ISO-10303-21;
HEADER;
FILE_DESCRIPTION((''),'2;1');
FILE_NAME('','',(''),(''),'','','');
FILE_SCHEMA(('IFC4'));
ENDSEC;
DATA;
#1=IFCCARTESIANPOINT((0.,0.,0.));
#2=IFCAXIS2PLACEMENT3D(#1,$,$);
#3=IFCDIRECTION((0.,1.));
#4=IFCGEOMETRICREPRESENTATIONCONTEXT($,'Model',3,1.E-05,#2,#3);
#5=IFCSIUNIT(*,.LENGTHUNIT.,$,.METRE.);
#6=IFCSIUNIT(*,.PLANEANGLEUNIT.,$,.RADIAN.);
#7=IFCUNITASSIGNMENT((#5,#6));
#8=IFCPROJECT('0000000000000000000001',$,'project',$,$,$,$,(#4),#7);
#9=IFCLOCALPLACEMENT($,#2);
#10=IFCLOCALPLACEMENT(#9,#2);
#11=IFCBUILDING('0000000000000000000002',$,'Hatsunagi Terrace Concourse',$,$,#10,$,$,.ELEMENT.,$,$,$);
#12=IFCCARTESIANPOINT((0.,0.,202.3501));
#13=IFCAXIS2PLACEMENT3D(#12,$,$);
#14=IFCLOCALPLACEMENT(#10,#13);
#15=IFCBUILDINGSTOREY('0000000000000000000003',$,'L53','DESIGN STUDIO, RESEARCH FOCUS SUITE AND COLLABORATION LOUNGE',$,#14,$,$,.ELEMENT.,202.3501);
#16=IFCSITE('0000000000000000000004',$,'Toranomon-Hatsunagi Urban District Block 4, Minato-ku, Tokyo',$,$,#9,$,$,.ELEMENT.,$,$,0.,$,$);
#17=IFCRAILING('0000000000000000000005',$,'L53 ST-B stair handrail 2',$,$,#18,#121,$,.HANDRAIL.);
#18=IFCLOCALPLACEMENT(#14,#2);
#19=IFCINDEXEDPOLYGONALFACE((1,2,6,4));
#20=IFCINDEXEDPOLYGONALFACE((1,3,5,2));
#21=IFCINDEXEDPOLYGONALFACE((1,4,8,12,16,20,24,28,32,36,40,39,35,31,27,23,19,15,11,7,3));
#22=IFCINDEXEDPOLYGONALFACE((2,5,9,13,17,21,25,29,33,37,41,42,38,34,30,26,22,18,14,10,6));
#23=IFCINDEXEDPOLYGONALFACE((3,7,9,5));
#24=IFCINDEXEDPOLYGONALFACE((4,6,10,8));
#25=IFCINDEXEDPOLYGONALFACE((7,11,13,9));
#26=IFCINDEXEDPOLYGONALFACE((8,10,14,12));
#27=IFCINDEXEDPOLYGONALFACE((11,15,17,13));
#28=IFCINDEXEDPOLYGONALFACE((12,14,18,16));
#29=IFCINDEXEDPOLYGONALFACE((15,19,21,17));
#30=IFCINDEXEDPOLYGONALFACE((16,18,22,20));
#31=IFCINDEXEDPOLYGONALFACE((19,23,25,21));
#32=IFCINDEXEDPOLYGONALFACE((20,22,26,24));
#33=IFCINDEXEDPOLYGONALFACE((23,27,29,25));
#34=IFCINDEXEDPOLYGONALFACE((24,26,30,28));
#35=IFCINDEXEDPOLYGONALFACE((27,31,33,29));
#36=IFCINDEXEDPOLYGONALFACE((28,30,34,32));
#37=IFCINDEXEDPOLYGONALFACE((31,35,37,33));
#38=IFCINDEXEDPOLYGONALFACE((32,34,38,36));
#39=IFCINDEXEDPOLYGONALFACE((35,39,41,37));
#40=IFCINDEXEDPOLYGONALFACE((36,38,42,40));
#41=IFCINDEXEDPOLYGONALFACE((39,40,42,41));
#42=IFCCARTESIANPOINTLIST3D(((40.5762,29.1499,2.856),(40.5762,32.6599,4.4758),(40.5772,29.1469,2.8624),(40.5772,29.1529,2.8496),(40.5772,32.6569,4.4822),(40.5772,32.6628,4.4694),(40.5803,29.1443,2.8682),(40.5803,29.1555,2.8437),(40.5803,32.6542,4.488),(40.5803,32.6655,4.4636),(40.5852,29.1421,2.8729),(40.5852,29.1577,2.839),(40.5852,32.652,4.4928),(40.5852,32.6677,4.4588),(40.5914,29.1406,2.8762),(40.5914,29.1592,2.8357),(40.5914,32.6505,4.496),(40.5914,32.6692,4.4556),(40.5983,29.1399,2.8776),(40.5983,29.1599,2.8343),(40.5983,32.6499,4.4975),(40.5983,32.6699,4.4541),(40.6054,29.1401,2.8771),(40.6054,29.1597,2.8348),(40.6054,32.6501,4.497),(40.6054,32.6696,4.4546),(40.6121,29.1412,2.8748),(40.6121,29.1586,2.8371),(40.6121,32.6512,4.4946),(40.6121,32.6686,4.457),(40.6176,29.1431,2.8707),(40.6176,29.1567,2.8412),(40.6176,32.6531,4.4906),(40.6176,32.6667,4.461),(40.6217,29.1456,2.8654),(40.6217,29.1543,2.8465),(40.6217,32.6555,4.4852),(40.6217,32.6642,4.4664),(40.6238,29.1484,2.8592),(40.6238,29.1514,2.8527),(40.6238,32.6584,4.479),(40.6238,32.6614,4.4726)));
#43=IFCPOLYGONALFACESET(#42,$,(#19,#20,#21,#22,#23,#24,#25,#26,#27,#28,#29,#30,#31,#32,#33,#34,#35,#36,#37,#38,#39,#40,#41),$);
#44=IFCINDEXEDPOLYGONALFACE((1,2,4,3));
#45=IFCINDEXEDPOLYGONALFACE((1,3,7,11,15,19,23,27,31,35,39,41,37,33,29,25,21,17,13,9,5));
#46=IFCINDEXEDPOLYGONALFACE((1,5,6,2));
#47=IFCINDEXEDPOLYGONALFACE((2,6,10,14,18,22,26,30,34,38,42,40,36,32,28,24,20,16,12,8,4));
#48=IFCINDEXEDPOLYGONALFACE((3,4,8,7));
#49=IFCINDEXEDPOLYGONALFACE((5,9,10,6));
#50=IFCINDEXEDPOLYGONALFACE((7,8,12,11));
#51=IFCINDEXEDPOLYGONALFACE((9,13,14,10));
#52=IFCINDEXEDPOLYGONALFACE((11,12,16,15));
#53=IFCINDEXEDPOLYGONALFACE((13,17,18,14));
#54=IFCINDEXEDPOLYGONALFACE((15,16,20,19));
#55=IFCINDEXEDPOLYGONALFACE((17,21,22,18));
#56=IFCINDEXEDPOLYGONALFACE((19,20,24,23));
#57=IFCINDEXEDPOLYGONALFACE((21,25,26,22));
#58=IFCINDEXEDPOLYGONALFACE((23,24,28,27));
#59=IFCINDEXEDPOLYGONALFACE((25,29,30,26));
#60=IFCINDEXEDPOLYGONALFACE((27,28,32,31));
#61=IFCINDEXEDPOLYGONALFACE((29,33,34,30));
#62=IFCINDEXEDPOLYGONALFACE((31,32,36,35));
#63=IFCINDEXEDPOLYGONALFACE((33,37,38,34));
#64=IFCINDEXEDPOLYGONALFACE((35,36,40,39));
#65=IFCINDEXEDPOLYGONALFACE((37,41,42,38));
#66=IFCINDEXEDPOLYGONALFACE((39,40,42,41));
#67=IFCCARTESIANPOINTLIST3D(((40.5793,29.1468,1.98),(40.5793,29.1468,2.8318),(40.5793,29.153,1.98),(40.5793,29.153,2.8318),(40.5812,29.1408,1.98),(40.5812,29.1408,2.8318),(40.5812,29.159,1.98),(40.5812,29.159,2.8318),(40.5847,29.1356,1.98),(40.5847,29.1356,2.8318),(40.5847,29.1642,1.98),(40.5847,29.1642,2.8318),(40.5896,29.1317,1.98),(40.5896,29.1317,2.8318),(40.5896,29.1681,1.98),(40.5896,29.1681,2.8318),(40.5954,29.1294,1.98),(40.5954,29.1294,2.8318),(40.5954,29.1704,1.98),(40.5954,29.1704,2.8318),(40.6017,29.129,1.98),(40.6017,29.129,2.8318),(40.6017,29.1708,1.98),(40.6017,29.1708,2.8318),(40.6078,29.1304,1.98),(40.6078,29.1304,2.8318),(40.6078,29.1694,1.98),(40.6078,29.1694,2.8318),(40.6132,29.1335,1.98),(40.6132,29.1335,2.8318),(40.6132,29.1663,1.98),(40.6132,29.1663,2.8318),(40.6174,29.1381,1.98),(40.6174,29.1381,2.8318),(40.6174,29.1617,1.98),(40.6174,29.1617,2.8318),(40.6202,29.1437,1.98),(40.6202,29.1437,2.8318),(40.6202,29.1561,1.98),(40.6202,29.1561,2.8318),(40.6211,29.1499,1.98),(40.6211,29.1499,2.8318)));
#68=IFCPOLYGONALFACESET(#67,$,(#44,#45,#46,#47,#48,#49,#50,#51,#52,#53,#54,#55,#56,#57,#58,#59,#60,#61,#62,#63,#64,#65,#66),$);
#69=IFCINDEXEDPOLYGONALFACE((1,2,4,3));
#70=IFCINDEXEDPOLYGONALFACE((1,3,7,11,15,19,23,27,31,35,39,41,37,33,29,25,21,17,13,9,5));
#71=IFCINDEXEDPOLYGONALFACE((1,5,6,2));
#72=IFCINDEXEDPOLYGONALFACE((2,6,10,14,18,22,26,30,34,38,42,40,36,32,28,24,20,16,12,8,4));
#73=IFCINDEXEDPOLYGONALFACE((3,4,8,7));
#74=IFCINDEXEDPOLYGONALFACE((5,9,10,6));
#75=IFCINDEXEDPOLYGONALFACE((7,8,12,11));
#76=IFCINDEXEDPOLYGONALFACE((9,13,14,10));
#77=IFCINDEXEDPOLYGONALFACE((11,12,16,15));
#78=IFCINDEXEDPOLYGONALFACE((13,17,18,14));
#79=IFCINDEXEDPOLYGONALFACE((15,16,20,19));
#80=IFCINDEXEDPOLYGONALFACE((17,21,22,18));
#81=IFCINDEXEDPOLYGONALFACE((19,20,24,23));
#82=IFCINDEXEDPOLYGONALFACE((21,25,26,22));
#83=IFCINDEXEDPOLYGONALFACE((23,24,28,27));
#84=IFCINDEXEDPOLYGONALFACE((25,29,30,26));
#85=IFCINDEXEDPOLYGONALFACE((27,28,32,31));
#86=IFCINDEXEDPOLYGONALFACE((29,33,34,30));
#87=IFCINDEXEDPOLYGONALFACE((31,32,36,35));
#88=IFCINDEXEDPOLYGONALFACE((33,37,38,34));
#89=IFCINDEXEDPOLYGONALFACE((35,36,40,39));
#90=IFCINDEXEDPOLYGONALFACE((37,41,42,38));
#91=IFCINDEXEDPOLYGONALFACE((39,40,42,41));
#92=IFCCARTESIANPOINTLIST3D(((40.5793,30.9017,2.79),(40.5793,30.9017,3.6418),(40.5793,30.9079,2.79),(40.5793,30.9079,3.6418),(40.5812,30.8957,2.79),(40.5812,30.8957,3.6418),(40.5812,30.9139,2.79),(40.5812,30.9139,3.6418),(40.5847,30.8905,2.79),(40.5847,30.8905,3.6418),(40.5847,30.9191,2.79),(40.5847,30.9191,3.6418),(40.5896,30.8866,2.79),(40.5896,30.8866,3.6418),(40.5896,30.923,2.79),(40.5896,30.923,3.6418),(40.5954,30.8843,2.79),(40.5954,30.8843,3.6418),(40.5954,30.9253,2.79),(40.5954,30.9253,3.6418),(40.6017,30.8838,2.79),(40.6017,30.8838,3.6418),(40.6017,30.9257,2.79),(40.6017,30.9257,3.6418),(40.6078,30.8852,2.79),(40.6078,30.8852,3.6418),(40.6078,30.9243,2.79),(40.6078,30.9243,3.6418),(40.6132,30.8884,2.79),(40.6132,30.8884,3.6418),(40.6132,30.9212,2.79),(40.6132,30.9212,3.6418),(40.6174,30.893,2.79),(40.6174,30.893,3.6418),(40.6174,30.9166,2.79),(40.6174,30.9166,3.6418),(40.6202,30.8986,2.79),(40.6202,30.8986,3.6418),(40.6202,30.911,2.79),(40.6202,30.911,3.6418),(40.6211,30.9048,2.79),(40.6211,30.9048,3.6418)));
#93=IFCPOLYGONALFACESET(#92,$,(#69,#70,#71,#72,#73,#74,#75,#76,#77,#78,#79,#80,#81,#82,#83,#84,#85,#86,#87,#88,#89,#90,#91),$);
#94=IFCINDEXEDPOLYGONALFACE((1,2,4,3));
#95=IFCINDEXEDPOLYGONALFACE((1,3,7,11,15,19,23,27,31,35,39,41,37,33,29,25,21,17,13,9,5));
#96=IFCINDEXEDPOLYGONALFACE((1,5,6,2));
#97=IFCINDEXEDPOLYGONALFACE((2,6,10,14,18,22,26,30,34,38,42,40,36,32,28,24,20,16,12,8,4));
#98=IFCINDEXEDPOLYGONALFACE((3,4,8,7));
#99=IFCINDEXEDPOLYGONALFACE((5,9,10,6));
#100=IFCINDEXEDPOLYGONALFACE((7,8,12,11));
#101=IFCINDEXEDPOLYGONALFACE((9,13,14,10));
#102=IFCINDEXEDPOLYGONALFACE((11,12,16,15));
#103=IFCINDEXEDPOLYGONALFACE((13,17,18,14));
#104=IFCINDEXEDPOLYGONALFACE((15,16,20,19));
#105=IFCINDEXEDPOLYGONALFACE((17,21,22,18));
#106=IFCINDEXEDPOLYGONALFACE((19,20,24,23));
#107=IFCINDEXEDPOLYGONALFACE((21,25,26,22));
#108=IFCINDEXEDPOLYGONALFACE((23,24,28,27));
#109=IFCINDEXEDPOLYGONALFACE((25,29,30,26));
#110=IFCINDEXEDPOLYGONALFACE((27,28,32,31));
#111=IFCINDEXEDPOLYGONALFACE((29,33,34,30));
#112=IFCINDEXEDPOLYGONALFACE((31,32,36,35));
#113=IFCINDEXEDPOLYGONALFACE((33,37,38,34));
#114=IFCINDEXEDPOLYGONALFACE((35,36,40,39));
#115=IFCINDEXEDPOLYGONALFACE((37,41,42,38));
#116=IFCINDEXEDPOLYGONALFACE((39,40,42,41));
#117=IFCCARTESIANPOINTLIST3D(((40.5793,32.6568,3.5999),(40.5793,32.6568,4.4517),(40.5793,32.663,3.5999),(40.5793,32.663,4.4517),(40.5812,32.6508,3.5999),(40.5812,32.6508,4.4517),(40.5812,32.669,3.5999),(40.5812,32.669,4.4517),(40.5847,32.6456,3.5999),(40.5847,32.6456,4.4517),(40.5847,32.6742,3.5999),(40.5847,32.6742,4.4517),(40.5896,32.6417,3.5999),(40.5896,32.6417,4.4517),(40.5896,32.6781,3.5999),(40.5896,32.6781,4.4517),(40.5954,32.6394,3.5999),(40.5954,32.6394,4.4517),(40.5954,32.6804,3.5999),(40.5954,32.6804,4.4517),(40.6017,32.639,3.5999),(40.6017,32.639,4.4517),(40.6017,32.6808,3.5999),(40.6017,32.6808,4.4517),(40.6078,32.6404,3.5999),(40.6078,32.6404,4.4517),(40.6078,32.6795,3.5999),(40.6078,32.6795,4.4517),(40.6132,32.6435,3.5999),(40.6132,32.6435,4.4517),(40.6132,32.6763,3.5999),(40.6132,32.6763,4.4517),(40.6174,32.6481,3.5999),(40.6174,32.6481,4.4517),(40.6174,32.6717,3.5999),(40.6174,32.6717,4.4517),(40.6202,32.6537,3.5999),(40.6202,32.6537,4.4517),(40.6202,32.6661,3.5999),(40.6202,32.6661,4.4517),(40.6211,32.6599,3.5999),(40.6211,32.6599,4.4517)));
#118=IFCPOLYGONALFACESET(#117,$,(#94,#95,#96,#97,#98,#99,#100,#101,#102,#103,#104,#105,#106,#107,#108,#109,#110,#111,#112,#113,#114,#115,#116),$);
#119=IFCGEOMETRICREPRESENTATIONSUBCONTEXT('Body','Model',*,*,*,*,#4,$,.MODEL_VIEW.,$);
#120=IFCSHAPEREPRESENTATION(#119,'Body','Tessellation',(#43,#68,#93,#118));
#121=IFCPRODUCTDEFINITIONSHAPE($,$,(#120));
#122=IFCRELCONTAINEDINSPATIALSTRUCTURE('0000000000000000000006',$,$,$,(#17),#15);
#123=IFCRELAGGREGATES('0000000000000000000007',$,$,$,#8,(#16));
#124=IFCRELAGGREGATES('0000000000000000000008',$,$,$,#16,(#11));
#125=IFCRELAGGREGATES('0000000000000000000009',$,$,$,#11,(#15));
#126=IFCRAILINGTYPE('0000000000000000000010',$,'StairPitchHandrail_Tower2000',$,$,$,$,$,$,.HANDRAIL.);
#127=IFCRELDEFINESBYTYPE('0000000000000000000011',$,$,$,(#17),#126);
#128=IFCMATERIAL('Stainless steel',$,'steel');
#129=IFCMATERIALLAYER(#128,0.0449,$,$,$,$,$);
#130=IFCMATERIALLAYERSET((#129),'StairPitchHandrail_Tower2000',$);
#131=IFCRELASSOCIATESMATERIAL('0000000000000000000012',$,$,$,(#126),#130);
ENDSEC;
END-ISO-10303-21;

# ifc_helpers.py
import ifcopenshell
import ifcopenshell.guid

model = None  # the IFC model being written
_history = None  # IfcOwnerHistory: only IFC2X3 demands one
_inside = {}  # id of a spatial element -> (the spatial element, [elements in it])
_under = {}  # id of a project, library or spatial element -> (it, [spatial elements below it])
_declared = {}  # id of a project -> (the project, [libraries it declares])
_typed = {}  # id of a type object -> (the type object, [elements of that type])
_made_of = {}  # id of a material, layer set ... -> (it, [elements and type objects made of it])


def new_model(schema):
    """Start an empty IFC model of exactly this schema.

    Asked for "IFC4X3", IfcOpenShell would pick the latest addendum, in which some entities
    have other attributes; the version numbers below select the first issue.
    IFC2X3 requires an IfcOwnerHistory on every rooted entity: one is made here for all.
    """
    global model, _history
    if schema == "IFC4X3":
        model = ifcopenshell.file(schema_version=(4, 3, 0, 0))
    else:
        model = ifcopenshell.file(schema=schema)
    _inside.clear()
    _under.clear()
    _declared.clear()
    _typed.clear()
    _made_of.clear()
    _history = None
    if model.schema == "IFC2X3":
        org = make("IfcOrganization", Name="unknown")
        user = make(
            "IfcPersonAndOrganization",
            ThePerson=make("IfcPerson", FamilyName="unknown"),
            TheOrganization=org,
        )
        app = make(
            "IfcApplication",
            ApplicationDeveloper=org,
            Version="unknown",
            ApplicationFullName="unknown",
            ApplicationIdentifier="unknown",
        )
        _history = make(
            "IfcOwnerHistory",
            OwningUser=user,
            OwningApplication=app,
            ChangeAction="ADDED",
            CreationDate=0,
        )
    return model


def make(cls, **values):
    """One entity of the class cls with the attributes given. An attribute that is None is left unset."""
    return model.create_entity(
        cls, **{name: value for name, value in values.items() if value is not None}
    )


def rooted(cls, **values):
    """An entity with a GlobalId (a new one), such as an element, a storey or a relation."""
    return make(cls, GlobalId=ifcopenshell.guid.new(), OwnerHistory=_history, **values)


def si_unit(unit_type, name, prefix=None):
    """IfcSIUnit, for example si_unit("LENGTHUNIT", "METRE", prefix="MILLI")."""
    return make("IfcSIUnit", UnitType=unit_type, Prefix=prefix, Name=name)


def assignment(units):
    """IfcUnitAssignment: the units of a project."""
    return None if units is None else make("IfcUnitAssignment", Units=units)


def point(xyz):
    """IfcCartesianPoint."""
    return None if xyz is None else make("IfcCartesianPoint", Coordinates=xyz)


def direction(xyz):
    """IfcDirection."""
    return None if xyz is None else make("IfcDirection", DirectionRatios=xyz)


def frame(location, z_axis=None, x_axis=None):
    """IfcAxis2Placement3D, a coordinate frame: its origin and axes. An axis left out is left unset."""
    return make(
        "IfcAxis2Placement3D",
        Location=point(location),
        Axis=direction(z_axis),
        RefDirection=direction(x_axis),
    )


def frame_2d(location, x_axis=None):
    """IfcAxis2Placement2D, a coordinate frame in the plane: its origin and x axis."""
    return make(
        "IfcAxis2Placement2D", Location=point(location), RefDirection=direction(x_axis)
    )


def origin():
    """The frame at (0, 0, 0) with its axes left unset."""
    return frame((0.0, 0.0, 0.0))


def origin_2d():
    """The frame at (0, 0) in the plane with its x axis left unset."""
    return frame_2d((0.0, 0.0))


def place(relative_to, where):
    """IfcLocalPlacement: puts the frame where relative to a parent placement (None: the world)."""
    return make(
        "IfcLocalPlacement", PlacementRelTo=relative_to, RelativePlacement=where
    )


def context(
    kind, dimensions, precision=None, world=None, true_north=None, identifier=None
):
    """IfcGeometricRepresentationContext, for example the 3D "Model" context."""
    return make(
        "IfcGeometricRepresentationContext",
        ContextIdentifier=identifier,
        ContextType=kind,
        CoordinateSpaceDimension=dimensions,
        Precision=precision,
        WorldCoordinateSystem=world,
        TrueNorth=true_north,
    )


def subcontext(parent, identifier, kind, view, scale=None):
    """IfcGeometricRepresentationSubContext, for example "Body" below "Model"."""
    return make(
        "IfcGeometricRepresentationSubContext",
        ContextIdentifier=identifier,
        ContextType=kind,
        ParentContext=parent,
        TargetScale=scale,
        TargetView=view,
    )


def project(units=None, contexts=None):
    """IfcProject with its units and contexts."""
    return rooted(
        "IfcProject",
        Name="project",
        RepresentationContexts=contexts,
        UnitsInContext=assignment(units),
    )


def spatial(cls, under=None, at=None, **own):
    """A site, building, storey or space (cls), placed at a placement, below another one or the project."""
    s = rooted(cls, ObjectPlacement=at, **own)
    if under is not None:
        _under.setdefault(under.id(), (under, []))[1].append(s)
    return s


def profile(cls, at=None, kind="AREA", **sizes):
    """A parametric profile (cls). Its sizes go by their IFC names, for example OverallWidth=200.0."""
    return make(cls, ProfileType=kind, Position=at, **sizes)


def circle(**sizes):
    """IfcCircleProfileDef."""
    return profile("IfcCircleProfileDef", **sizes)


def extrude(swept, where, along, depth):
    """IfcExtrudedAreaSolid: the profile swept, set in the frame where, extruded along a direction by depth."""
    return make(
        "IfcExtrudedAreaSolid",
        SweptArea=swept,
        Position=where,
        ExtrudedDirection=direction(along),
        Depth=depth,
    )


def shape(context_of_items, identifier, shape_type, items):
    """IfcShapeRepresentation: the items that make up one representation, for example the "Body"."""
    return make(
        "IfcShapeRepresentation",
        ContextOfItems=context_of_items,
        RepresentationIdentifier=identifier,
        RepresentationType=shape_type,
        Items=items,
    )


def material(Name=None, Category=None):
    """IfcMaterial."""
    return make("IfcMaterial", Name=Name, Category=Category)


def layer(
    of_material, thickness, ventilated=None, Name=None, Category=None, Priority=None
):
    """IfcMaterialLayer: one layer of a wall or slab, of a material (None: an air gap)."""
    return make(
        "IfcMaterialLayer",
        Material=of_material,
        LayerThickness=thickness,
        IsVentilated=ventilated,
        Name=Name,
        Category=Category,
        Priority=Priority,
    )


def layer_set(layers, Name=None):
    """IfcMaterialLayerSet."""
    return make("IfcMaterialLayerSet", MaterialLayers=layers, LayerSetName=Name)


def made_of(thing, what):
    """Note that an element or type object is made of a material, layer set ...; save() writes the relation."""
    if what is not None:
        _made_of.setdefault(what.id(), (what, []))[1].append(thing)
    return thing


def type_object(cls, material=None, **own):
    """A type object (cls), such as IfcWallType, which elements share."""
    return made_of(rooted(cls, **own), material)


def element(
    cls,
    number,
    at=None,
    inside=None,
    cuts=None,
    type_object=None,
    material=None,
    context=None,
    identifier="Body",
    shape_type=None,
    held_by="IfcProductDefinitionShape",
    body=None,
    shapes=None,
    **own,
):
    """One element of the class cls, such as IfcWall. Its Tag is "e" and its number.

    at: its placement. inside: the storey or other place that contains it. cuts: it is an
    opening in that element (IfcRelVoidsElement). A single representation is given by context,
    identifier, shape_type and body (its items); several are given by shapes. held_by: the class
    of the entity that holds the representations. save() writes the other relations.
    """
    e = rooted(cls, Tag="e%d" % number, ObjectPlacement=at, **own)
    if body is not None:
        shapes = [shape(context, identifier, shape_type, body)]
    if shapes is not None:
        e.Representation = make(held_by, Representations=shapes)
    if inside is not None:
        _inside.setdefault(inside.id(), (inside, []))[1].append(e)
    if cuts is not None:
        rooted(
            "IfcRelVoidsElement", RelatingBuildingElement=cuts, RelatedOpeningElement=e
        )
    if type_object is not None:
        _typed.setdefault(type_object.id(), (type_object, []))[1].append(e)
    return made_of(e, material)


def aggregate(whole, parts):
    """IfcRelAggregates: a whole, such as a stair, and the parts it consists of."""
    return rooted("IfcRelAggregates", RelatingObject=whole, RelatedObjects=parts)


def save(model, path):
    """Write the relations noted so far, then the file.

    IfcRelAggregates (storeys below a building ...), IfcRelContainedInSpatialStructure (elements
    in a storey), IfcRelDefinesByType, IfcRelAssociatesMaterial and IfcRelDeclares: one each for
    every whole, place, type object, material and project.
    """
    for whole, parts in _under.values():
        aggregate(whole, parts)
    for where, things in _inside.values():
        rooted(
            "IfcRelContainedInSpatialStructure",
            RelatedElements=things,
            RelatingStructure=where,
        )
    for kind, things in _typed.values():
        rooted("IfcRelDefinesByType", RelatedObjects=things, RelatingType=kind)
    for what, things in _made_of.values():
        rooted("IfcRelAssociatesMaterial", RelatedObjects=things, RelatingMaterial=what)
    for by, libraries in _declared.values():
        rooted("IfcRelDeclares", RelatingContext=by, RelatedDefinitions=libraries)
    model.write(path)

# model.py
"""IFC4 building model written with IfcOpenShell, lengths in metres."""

from ifc_helpers import new_model, si_unit, direction, frame, origin, origin_2d, place, context, subcontext, project, spatial, circle, extrude, material, layer, layer_set, type_object, element, save


model = new_model("IFC4")

# Units and contexts
model_context = context("Model", 3, precision=1e-05, world=origin(), true_north=direction((0.0, 1.0)))
body_context = subcontext(model_context, "Body", "Model", "MODEL_VIEW")
ifc_project = project(units=[si_unit("LENGTHUNIT", "METRE"), si_unit("PLANEANGLEUNIT", "RADIAN")], contexts=[model_context])

# Site, building, storey
site_placement = place(None, origin())
site = spatial("IfcSite", under=ifc_project, at=site_placement, Name="Toranomon-Hatsunagi Urban District Block 4, Minato-ku, Tokyo", CompositionType="ELEMENT", RefElevation=0.0)
building_placement = place(site_placement, origin())
building = spatial("IfcBuilding", under=site, at=building_placement, Name="Hatsunagi Terrace Concourse", CompositionType="ELEMENT")
storey_placement = place(building_placement, frame((0.0, 0.0, 202.3501)))
storey = spatial("IfcBuildingStorey", under=building, at=storey_placement, Name="L53", Description="DESIGN STUDIO, RESEARCH FOCUS SUITE AND COLLABORATION LOUNGE", CompositionType="ELEMENT", Elevation=202.3501)

# Railing
ifc_material_1 = material(Name="Stainless steel", Category="steel")
ifc_layer_1 = layer(ifc_material_1, 0.0449)
ifc_layer_set_1 = layer_set([ifc_layer_1], Name="StairPitchHandrail_Tower2000")
railing_type_1 = type_object("IfcRailingType", Name="StairPitchHandrail_Tower2000", PredefinedType="HANDRAIL", material=ifc_layer_set_1)
railing_1_placement = place(storey_placement, frame((40.6001, 29.1499, 1.98)))
element("IfcRailing", 1, at=railing_1_placement, inside=storey, type_object=railing_type_1, Name="L53 ST-B stair handrail 2", PredefinedType="HANDRAIL", context=body_context, shape_type="SweptSolid", body=[
    extrude(circle(Radius=0.0239, at=origin_2d()), frame((0.0, 0.0, 0.876), z_axis=(0.0, 0.907972, 0.41903), x_axis=(-1.0, 0.0, 0.0)), (0.0, 0.0, 1.0), 3.8657),
    extrude(circle(Radius=0.021, at=origin_2d()), origin(), (0.0, 0.0, 1.0), 0.8518),
    extrude(circle(Radius=0.021, at=origin_2d()), frame((0.0, 1.7549, 0.8101)), (0.0, 0.0, 1.0), 0.8518),
    extrude(circle(Radius=0.021, at=origin_2d()), frame((0.0, 3.51, 1.6199)), (0.0, 0.0, 1.0), 0.8518),
])

save(model, "model.ifc")
